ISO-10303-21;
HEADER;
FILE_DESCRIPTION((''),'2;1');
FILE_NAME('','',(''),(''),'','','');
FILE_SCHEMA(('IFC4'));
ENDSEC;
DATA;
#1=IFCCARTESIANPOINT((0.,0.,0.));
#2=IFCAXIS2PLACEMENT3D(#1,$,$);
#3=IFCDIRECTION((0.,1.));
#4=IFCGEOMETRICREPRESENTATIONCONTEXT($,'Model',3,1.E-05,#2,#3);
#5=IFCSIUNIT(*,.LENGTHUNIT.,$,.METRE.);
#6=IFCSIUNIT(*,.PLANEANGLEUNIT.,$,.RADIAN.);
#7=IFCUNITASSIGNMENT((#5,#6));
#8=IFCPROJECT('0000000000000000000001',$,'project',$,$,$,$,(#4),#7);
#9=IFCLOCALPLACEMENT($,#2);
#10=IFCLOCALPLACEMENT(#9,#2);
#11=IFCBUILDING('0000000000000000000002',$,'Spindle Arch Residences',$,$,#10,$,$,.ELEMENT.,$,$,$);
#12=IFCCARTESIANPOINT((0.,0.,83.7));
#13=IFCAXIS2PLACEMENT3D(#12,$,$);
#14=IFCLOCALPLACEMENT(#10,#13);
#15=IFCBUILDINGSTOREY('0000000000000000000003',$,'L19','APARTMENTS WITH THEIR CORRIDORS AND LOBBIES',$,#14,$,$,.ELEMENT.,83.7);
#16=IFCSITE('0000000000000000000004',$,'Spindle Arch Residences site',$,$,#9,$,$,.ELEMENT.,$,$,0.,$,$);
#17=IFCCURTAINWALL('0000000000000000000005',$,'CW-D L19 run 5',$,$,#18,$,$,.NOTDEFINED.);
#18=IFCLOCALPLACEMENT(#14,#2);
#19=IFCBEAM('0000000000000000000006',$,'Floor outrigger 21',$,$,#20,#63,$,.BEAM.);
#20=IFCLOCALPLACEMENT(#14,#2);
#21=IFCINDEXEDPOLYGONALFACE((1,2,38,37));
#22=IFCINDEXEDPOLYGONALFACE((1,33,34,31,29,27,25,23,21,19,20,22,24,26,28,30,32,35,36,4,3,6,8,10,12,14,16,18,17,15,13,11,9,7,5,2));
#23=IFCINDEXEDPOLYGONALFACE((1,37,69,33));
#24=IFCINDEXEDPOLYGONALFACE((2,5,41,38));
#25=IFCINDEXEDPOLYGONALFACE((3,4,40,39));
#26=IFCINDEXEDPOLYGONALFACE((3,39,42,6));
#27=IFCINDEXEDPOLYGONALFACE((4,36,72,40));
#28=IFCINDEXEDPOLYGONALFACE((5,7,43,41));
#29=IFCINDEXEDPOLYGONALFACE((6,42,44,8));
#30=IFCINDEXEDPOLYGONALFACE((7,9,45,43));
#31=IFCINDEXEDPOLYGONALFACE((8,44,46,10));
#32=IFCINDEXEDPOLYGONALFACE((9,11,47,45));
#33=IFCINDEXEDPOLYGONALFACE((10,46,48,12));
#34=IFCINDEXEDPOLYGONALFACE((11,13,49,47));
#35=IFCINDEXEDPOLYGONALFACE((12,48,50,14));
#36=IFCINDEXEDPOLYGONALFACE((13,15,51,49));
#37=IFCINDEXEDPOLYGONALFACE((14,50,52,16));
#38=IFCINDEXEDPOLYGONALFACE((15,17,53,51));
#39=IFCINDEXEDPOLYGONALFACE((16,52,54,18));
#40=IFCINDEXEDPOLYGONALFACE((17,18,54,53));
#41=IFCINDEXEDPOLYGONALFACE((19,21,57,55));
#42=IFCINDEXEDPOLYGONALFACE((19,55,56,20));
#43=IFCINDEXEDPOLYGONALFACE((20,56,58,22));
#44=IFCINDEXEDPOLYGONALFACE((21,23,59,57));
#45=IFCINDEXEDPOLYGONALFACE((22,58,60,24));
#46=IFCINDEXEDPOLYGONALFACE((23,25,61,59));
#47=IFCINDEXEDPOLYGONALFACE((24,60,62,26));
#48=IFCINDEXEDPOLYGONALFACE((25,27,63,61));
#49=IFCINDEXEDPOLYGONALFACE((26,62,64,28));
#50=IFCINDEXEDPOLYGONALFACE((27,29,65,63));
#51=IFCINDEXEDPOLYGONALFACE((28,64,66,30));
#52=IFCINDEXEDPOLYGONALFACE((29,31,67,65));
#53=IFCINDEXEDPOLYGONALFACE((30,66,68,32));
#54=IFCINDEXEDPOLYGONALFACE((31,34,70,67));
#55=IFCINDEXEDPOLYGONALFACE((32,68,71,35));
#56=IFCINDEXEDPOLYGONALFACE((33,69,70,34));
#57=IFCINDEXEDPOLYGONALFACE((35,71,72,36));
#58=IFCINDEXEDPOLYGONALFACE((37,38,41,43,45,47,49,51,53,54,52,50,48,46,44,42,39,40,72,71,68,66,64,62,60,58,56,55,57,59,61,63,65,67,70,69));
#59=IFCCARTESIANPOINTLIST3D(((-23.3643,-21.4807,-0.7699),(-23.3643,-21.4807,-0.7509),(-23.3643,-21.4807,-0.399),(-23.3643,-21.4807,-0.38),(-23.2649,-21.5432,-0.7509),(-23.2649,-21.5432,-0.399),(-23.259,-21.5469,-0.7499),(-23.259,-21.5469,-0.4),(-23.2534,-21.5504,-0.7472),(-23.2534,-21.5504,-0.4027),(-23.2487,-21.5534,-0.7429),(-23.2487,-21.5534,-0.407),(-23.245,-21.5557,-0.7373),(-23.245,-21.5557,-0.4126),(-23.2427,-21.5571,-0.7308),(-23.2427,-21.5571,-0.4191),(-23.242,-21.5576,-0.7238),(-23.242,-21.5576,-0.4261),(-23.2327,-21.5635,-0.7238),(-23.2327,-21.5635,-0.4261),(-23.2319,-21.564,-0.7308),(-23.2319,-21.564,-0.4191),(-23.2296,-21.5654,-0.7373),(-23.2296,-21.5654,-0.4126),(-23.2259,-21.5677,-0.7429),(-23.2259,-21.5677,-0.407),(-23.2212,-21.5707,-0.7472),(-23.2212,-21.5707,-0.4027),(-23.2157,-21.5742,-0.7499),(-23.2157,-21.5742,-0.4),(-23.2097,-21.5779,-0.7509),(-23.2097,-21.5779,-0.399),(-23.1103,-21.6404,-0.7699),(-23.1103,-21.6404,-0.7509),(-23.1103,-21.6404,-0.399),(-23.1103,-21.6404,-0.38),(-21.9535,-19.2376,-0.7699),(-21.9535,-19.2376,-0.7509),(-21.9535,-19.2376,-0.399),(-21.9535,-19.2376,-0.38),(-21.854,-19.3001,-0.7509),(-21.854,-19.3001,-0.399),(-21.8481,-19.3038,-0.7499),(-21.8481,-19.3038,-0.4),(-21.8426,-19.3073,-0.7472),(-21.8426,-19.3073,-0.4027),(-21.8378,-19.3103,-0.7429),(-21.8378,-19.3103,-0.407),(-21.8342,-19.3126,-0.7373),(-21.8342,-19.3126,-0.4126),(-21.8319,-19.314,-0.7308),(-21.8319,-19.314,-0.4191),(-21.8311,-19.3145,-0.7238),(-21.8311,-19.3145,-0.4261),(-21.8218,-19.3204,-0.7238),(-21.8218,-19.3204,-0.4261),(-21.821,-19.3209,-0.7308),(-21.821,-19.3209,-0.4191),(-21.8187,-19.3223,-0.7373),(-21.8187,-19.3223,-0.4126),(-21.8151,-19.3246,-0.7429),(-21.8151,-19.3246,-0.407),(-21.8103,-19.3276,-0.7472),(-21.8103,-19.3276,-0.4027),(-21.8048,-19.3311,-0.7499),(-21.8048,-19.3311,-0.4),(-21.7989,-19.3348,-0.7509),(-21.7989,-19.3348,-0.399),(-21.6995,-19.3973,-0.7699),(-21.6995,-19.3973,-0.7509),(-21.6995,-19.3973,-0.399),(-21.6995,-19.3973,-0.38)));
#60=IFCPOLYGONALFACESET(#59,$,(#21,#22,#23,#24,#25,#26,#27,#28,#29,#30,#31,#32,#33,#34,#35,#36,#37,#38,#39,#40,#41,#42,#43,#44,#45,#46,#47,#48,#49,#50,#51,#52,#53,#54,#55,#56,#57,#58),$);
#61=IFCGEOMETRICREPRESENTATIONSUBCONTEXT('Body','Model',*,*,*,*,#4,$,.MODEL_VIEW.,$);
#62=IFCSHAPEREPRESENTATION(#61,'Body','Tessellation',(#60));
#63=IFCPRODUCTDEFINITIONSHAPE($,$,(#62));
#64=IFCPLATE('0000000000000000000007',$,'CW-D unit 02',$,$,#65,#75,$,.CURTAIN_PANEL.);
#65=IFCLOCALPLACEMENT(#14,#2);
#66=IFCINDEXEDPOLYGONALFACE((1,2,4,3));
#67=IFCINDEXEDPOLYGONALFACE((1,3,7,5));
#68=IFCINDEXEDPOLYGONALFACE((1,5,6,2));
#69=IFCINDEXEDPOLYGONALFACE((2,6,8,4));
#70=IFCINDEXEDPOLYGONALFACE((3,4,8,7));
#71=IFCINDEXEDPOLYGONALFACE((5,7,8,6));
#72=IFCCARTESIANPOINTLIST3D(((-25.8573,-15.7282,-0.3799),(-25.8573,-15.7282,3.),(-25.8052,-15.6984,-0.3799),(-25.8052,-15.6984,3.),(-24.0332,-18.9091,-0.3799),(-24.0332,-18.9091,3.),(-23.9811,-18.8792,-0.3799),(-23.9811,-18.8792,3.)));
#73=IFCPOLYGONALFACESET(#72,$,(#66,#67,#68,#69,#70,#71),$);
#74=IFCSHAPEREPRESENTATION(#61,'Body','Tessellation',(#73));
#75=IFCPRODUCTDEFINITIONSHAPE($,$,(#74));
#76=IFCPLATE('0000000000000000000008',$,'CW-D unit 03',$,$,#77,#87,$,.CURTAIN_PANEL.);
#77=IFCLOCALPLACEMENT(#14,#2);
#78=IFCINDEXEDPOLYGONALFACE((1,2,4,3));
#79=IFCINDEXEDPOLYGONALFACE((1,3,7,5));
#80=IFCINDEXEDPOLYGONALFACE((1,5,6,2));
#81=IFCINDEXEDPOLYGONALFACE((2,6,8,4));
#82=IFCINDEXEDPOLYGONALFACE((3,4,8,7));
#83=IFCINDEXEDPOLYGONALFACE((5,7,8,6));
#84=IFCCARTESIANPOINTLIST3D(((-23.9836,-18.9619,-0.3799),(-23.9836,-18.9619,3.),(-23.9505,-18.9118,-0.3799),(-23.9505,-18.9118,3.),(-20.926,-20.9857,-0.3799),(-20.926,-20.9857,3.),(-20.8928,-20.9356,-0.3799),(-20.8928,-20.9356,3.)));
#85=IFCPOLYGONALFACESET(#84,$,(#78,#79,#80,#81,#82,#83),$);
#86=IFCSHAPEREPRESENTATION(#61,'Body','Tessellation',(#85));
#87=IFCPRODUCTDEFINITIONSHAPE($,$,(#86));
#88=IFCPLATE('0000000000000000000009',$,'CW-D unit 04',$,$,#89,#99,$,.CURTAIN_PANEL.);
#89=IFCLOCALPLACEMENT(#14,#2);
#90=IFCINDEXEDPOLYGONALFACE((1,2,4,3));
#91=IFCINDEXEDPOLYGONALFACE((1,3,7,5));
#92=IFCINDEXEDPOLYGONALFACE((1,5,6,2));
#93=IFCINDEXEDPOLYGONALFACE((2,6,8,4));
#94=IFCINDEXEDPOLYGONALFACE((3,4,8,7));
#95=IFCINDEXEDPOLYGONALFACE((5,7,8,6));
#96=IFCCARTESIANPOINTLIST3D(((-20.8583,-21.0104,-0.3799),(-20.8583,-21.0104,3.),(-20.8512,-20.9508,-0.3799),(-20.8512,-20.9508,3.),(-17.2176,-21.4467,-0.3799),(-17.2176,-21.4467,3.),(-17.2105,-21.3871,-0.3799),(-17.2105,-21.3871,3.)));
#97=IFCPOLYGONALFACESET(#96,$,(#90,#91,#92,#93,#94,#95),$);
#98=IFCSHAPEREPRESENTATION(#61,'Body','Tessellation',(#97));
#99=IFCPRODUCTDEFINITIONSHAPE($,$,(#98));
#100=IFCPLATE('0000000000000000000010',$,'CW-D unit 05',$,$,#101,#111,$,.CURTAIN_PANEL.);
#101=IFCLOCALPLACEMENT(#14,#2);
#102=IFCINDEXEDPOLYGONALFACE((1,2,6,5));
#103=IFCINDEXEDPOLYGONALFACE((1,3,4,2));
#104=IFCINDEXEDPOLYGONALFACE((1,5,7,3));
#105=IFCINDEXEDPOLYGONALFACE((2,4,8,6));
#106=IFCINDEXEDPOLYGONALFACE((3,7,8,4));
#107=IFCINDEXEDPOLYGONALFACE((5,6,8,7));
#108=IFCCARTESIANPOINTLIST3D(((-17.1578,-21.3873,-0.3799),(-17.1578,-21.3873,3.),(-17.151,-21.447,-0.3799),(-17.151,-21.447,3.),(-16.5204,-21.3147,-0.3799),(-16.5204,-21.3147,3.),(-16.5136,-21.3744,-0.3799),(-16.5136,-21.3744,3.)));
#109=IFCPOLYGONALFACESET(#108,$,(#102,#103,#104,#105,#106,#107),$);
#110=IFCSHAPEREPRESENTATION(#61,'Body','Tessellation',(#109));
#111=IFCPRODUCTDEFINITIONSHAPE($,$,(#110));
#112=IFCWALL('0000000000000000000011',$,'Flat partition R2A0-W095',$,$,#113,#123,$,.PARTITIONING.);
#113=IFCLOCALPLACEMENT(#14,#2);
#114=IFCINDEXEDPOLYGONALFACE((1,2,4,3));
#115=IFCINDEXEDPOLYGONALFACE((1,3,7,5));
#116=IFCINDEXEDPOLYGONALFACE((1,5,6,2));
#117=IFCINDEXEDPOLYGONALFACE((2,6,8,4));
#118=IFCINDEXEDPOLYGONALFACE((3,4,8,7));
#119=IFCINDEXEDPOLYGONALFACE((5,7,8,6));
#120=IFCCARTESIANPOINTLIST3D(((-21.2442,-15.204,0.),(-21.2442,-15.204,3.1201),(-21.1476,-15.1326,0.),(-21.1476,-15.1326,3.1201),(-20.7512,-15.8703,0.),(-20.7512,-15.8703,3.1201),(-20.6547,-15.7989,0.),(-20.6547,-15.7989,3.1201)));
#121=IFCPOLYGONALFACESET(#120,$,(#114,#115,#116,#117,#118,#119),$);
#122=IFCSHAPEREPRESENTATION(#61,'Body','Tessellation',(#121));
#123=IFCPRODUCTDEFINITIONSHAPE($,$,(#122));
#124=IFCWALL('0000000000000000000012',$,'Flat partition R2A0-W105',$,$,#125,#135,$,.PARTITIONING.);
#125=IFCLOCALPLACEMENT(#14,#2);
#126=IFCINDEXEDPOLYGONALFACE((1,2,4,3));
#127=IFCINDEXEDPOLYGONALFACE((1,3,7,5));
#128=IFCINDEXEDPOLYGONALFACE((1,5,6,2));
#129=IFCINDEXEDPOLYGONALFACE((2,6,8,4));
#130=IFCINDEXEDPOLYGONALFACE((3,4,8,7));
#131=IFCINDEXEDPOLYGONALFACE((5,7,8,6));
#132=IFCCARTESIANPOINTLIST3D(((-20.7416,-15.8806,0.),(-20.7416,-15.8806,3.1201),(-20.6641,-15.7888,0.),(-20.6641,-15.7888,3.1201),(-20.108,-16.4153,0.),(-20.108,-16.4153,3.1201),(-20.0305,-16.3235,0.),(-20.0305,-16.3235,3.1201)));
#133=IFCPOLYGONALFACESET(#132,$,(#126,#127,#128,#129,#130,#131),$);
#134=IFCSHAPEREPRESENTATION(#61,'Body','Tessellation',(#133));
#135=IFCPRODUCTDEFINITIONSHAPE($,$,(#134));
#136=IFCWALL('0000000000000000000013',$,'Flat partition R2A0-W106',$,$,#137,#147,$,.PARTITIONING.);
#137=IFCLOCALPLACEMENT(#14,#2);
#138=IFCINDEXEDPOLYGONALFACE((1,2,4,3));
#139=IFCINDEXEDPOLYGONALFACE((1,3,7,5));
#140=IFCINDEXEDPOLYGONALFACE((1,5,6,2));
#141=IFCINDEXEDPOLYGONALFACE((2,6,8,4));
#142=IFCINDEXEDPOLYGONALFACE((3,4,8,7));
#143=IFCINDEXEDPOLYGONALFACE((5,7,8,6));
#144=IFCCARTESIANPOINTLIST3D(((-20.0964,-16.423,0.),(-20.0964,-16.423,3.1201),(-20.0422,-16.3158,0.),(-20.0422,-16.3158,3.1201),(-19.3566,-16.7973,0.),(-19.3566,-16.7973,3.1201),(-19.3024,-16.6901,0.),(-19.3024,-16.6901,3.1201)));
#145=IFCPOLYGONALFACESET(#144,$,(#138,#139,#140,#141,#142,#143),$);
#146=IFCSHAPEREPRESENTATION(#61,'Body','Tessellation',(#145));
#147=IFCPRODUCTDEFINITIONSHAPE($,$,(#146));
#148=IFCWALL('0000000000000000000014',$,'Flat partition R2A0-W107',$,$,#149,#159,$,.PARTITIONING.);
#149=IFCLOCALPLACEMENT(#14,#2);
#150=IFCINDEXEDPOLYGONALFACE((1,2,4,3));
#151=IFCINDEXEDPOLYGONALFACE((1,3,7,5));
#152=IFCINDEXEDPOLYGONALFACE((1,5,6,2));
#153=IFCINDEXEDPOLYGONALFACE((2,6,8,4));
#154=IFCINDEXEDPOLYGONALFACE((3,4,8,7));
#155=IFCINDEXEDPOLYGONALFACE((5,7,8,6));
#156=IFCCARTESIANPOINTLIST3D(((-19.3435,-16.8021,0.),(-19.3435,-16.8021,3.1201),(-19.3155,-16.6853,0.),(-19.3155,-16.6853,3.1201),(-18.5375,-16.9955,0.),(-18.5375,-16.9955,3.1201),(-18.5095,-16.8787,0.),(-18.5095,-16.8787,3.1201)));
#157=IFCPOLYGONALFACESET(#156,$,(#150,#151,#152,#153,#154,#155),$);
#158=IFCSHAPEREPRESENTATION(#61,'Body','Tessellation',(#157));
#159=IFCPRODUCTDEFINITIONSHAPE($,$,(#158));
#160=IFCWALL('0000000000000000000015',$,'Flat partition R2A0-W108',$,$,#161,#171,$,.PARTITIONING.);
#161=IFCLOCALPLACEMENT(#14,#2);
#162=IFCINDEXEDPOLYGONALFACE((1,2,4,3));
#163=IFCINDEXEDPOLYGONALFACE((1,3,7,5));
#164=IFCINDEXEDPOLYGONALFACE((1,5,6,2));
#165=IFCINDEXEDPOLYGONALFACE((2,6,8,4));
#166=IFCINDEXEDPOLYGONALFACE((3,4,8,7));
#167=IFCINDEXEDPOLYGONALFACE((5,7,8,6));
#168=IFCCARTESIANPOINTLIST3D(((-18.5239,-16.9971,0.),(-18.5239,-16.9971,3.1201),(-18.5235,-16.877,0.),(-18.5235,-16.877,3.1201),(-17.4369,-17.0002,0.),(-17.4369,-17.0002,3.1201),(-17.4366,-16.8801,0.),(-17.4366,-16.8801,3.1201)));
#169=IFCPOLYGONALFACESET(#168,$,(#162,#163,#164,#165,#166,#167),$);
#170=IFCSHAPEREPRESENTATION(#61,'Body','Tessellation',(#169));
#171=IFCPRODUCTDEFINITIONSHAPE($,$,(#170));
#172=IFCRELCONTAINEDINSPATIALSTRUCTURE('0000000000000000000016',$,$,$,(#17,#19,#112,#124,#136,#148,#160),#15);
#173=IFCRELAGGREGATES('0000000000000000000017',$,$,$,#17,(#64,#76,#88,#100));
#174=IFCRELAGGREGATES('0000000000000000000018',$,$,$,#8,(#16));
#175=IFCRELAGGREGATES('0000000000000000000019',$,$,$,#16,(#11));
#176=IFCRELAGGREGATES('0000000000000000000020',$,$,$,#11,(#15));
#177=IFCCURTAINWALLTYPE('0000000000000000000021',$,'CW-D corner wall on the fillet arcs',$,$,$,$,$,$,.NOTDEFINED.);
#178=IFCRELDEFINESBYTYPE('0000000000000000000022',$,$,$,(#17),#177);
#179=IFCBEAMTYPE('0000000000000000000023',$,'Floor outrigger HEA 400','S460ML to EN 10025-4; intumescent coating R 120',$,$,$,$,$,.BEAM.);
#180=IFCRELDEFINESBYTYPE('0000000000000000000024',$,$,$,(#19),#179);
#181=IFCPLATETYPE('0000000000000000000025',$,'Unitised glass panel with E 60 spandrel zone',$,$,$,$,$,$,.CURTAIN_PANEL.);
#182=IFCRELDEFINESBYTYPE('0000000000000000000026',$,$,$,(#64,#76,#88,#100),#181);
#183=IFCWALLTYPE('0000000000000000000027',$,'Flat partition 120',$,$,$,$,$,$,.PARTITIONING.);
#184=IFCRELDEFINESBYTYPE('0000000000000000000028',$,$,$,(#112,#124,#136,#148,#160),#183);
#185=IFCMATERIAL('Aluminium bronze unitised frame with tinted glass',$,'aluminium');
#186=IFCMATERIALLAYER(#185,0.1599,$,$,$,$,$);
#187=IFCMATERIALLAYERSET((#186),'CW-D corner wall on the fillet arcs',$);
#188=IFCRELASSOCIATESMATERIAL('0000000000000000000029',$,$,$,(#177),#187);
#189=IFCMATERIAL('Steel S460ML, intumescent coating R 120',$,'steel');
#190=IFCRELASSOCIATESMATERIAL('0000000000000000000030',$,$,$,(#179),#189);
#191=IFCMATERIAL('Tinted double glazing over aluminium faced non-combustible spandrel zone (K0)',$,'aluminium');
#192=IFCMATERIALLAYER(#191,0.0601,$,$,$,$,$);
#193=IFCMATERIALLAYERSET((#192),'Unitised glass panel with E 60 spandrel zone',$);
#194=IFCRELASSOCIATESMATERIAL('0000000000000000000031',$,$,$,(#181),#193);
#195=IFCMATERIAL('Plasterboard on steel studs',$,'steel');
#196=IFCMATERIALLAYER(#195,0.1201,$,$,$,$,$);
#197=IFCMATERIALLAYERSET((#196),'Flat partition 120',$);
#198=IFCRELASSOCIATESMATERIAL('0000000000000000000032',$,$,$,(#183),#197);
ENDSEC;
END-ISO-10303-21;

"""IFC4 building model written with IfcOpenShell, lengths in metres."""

from ifc_helpers import new_model, si_unit, direction, frame, frame_2d, origin, origin_2d, place, context, subcontext, project, spatial, rectangle, i_section, extrude, material, layer, layer_set, material_profile, profile_set, type_object, element, aggregate, save


model = new_model("IFC4")

# Units and contexts
model_context = context("Model", 3, precision=1e-05, world=origin(), true_north=direction((0.0, 1.0)))
body_context = subcontext(model_context, "Body", "Model", "MODEL_VIEW")
ifc_project = project(units=[si_unit("LENGTHUNIT", "METRE"), si_unit("PLANEANGLEUNIT", "RADIAN")], contexts=[model_context])

# Site, building, storey
site_placement = place(None, origin())
site = spatial("IfcSite", under=ifc_project, at=site_placement, Name="Spindle Arch Residences site", CompositionType="ELEMENT", RefElevation=0.0)
building_placement = place(site_placement, origin())
building = spatial("IfcBuilding", under=site, at=building_placement, Name="Spindle Arch Residences", CompositionType="ELEMENT")
storey_placement = place(building_placement, frame((0.0, 0.0, 83.7)))
storey = spatial("IfcBuildingStorey", under=building, at=storey_placement, Name="L19", Description="APARTMENTS WITH THEIR CORRIDORS AND LOBBIES", CompositionType="ELEMENT", Elevation=83.7)

# Curtain wall
ifc_material_1 = material(Name="Aluminium bronze unitised frame with tinted glass", Category="aluminium")
ifc_layer_1 = layer(ifc_material_1, 0.1599)
ifc_layer_set_1 = layer_set([ifc_layer_1], Name="CW-D corner wall on the fillet arcs")
curtain_wall_type = type_object("IfcCurtainWallType", Name="CW-D corner wall on the fillet arcs", PredefinedType="NOTDEFINED", material=ifc_layer_set_1)
curtain_wall_placement = place(storey_placement, origin())
curtain_wall = element("IfcCurtainWall", 1, at=curtain_wall_placement, inside=storey, type_object=curtain_wall_type, Name="CW-D L19 run 5", PredefinedType="NOTDEFINED")

# Beam
ifc_material_2 = material(Name="Steel S460ML, intumescent coating R 120", Category="steel")
ifc_material_profile_1 = material_profile(ifc_material_2, i_section(OverallWidth=0.3, OverallDepth=0.3899, WebThickness=0.011, FlangeThickness=0.019, FilletRadius=0.0271, at=origin_2d()), Name="HEA 400")
ifc_profile_set_1 = profile_set([ifc_material_profile_1], Name="Steel S460ML, intumescent coating R 120")
beam_type_1 = type_object("IfcBeamType", Name="Floor outrigger HEA 400", Description="S460ML to EN 10025-4; intumescent coating R 120", PredefinedType="BEAM", material=ifc_profile_set_1)
for number, where, z_axis, x_axis, name in (
    (2, (-23.2373, -21.5605, -0.575), (0.532415, 0.846484, 0.0), (-0.846484, 0.532415, 0.0), "Floor outrigger 21"),
):
    element("IfcBeam", number, at=place(storey_placement, frame(where, z_axis=z_axis, x_axis=x_axis)), inside=storey, type_object=beam_type_1, Name=name, PredefinedType="BEAM", context=body_context, shape_type="SweptSolid", body=[
        extrude(i_section(OverallWidth=0.3, OverallDepth=0.3899, WebThickness=0.011, FlangeThickness=0.019, FilletRadius=0.0271, at=origin_2d()), origin(), (0.0, 0.0, 1.0), 2.6499),
    ])

# Plates
ifc_material_3 = material(Name="Tinted double glazing over aluminium faced non-combustible spandrel zone (K0)", Category="aluminium")
ifc_layer_2 = layer(ifc_material_3, 0.0601)
ifc_layer_set_2 = layer_set([ifc_layer_2], Name="Unitised glass panel with E 60 spandrel zone")
plate_type = type_object("IfcPlateType", Name="Unitised glass panel with E 60 spandrel zone", PredefinedType="CURTAIN_PANEL", material=ifc_layer_set_2)
plate_1_placement = place(storey_placement, frame((-24.9192, -17.3037, -0.3799), z_axis=(0.0, 0.0, 1.0), x_axis=(0.497479, -0.867476, 0.0)))
plate_1 = element("IfcPlate", 3, at=plate_1_placement, type_object=plate_type, Name="CW-D unit 02", PredefinedType="CURTAIN_PANEL", context=body_context, shape_type="SweptSolid", body=[
    extrude(rectangle(XDim=3.6667, YDim=0.0601, at=origin_2d()), origin(), (0.0, 0.0, 1.0), 3.3799),
])
plate_2_placement = place(storey_placement, frame((-22.4382, -19.9487, -0.3799), z_axis=(0.0, 0.0, 1.0), x_axis=(0.833886, -0.551937, 0.0)))
plate_2 = element("IfcPlate", 4, at=plate_2_placement, type_object=plate_type, Name="CW-D unit 03", PredefinedType="CURTAIN_PANEL", context=body_context, shape_type="SweptSolid", body=[
    extrude(rectangle(XDim=3.6667, YDim=0.0601, at=origin_2d()), origin(), (0.0, 0.0, 1.0), 3.3799),
])
plate_3_placement = place(storey_placement, frame((-19.0344, -21.1987, -0.3799), z_axis=(0.0, 0.0, 1.0), x_axis=(0.992896, -0.118982, 0.0)))
plate_3 = element("IfcPlate", 5, at=plate_3_placement, type_object=plate_type, Name="CW-D unit 04", PredefinedType="CURTAIN_PANEL", context=body_context, shape_type="SweptSolid", body=[
    extrude(rectangle(XDim=3.6667, YDim=0.0601, at=origin_2d()), origin(), (0.0, 0.0, 1.0), 3.3799),
])
plate_4_placement = place(storey_placement, frame((-16.8357, -21.3809, -0.3799), z_axis=(0.0, 0.0, 1.0), x_axis=(0.993572, 0.113203, 0.0)))
plate_4 = element("IfcPlate", 6, at=plate_4_placement, type_object=plate_type, Name="CW-D unit 05", PredefinedType="CURTAIN_PANEL", context=body_context, shape_type="SweptSolid", body=[
    extrude(rectangle(XDim=0.6416, YDim=0.0601, at=origin_2d()), origin(), (0.0, 0.0, 1.0), 3.3799),
])
aggregate(curtain_wall, [plate_1, plate_2, plate_3, plate_4])

# Walls
ifc_material_4 = material(Name="Plasterboard on steel studs", Category="steel")
ifc_layer_3 = layer(ifc_material_4, 0.1201)
ifc_layer_set_3 = layer_set([ifc_layer_3], Name="Flat partition 120")
wall_type_1 = type_object("IfcWallType", Name="Flat partition 120", PredefinedType="PARTITIONING", material=ifc_layer_set_3)
wall_1_placement = place(storey_placement, frame((-20.7029, -15.8347, 0.0), z_axis=(0.0, 0.0, 1.0), x_axis=(-0.594755, 0.803907, 0.0)))
element("IfcWall", 7, at=wall_1_placement, inside=storey, type_object=wall_type_1, Name="Flat partition R2A0-W095", PredefinedType="PARTITIONING", context=body_context, shape_type="SweptSolid", body=[
    extrude(rectangle(XDim=0.8289, YDim=0.1201, at=frame_2d((0.4146, 0.0))), origin(), (0.0, 0.0, 1.0), 3.1201),
])
for number, where, z_axis, x_axis, name in (
    (8, (-20.7029, -15.8347, 0.0), (0.0, 0.0, 1.0), (0.764223, -0.644952, 0.0), "Flat partition R2A0-W105"),
    (9, (-20.0693, -16.3694, 0.0), (0.0, 0.0, 1.0), (0.892297, -0.451449, 0.0), "Flat partition R2A0-W106"),
):
    element("IfcWall", number, at=place(storey_placement, frame(where, z_axis=z_axis, x_axis=x_axis)), inside=storey, type_object=wall_type_1, Name=name, PredefinedType="PARTITIONING", context=body_context, shape_type="SweptSolid", body=[
        extrude(rectangle(XDim=0.8291, YDim=0.1201, at=frame_2d((0.4146, 0.0))), origin(), (0.0, 0.0, 1.0), 3.1201),
    ])
wall_2_placement = place(storey_placement, frame((-19.3296, -16.7437, 0.0), z_axis=(0.0, 0.0, 1.0), x_axis=(0.972403, -0.233306, 0.0)))
element("IfcWall", 10, at=wall_2_placement, inside=storey, type_object=wall_type_1, Name="Flat partition R2A0-W107", PredefinedType="PARTITIONING", context=body_context, shape_type="SweptSolid", body=[
    extrude(rectangle(XDim=0.8289, YDim=0.1201, at=frame_2d((0.4146, 0.0))), origin(), (0.0, 0.0, 1.0), 3.1201),
])
wall_3_placement = place(storey_placement, frame((-18.5237, -16.937, 0.0), z_axis=(0.0, 0.0, 1.0), x_axis=(0.999996, -0.00292, 0.0)))
element("IfcWall", 11, at=wall_3_placement, inside=storey, type_object=wall_type_1, Name="Flat partition R2A0-W108", PredefinedType="PARTITIONING", context=body_context, shape_type="SweptSolid", body=[
    extrude(rectangle(XDim=1.0869, YDim=0.1201, at=frame_2d((0.5435, 0.0))), origin(), (0.0, 0.0, 1.0), 3.1201),
])

save(model, "model.ifc")
